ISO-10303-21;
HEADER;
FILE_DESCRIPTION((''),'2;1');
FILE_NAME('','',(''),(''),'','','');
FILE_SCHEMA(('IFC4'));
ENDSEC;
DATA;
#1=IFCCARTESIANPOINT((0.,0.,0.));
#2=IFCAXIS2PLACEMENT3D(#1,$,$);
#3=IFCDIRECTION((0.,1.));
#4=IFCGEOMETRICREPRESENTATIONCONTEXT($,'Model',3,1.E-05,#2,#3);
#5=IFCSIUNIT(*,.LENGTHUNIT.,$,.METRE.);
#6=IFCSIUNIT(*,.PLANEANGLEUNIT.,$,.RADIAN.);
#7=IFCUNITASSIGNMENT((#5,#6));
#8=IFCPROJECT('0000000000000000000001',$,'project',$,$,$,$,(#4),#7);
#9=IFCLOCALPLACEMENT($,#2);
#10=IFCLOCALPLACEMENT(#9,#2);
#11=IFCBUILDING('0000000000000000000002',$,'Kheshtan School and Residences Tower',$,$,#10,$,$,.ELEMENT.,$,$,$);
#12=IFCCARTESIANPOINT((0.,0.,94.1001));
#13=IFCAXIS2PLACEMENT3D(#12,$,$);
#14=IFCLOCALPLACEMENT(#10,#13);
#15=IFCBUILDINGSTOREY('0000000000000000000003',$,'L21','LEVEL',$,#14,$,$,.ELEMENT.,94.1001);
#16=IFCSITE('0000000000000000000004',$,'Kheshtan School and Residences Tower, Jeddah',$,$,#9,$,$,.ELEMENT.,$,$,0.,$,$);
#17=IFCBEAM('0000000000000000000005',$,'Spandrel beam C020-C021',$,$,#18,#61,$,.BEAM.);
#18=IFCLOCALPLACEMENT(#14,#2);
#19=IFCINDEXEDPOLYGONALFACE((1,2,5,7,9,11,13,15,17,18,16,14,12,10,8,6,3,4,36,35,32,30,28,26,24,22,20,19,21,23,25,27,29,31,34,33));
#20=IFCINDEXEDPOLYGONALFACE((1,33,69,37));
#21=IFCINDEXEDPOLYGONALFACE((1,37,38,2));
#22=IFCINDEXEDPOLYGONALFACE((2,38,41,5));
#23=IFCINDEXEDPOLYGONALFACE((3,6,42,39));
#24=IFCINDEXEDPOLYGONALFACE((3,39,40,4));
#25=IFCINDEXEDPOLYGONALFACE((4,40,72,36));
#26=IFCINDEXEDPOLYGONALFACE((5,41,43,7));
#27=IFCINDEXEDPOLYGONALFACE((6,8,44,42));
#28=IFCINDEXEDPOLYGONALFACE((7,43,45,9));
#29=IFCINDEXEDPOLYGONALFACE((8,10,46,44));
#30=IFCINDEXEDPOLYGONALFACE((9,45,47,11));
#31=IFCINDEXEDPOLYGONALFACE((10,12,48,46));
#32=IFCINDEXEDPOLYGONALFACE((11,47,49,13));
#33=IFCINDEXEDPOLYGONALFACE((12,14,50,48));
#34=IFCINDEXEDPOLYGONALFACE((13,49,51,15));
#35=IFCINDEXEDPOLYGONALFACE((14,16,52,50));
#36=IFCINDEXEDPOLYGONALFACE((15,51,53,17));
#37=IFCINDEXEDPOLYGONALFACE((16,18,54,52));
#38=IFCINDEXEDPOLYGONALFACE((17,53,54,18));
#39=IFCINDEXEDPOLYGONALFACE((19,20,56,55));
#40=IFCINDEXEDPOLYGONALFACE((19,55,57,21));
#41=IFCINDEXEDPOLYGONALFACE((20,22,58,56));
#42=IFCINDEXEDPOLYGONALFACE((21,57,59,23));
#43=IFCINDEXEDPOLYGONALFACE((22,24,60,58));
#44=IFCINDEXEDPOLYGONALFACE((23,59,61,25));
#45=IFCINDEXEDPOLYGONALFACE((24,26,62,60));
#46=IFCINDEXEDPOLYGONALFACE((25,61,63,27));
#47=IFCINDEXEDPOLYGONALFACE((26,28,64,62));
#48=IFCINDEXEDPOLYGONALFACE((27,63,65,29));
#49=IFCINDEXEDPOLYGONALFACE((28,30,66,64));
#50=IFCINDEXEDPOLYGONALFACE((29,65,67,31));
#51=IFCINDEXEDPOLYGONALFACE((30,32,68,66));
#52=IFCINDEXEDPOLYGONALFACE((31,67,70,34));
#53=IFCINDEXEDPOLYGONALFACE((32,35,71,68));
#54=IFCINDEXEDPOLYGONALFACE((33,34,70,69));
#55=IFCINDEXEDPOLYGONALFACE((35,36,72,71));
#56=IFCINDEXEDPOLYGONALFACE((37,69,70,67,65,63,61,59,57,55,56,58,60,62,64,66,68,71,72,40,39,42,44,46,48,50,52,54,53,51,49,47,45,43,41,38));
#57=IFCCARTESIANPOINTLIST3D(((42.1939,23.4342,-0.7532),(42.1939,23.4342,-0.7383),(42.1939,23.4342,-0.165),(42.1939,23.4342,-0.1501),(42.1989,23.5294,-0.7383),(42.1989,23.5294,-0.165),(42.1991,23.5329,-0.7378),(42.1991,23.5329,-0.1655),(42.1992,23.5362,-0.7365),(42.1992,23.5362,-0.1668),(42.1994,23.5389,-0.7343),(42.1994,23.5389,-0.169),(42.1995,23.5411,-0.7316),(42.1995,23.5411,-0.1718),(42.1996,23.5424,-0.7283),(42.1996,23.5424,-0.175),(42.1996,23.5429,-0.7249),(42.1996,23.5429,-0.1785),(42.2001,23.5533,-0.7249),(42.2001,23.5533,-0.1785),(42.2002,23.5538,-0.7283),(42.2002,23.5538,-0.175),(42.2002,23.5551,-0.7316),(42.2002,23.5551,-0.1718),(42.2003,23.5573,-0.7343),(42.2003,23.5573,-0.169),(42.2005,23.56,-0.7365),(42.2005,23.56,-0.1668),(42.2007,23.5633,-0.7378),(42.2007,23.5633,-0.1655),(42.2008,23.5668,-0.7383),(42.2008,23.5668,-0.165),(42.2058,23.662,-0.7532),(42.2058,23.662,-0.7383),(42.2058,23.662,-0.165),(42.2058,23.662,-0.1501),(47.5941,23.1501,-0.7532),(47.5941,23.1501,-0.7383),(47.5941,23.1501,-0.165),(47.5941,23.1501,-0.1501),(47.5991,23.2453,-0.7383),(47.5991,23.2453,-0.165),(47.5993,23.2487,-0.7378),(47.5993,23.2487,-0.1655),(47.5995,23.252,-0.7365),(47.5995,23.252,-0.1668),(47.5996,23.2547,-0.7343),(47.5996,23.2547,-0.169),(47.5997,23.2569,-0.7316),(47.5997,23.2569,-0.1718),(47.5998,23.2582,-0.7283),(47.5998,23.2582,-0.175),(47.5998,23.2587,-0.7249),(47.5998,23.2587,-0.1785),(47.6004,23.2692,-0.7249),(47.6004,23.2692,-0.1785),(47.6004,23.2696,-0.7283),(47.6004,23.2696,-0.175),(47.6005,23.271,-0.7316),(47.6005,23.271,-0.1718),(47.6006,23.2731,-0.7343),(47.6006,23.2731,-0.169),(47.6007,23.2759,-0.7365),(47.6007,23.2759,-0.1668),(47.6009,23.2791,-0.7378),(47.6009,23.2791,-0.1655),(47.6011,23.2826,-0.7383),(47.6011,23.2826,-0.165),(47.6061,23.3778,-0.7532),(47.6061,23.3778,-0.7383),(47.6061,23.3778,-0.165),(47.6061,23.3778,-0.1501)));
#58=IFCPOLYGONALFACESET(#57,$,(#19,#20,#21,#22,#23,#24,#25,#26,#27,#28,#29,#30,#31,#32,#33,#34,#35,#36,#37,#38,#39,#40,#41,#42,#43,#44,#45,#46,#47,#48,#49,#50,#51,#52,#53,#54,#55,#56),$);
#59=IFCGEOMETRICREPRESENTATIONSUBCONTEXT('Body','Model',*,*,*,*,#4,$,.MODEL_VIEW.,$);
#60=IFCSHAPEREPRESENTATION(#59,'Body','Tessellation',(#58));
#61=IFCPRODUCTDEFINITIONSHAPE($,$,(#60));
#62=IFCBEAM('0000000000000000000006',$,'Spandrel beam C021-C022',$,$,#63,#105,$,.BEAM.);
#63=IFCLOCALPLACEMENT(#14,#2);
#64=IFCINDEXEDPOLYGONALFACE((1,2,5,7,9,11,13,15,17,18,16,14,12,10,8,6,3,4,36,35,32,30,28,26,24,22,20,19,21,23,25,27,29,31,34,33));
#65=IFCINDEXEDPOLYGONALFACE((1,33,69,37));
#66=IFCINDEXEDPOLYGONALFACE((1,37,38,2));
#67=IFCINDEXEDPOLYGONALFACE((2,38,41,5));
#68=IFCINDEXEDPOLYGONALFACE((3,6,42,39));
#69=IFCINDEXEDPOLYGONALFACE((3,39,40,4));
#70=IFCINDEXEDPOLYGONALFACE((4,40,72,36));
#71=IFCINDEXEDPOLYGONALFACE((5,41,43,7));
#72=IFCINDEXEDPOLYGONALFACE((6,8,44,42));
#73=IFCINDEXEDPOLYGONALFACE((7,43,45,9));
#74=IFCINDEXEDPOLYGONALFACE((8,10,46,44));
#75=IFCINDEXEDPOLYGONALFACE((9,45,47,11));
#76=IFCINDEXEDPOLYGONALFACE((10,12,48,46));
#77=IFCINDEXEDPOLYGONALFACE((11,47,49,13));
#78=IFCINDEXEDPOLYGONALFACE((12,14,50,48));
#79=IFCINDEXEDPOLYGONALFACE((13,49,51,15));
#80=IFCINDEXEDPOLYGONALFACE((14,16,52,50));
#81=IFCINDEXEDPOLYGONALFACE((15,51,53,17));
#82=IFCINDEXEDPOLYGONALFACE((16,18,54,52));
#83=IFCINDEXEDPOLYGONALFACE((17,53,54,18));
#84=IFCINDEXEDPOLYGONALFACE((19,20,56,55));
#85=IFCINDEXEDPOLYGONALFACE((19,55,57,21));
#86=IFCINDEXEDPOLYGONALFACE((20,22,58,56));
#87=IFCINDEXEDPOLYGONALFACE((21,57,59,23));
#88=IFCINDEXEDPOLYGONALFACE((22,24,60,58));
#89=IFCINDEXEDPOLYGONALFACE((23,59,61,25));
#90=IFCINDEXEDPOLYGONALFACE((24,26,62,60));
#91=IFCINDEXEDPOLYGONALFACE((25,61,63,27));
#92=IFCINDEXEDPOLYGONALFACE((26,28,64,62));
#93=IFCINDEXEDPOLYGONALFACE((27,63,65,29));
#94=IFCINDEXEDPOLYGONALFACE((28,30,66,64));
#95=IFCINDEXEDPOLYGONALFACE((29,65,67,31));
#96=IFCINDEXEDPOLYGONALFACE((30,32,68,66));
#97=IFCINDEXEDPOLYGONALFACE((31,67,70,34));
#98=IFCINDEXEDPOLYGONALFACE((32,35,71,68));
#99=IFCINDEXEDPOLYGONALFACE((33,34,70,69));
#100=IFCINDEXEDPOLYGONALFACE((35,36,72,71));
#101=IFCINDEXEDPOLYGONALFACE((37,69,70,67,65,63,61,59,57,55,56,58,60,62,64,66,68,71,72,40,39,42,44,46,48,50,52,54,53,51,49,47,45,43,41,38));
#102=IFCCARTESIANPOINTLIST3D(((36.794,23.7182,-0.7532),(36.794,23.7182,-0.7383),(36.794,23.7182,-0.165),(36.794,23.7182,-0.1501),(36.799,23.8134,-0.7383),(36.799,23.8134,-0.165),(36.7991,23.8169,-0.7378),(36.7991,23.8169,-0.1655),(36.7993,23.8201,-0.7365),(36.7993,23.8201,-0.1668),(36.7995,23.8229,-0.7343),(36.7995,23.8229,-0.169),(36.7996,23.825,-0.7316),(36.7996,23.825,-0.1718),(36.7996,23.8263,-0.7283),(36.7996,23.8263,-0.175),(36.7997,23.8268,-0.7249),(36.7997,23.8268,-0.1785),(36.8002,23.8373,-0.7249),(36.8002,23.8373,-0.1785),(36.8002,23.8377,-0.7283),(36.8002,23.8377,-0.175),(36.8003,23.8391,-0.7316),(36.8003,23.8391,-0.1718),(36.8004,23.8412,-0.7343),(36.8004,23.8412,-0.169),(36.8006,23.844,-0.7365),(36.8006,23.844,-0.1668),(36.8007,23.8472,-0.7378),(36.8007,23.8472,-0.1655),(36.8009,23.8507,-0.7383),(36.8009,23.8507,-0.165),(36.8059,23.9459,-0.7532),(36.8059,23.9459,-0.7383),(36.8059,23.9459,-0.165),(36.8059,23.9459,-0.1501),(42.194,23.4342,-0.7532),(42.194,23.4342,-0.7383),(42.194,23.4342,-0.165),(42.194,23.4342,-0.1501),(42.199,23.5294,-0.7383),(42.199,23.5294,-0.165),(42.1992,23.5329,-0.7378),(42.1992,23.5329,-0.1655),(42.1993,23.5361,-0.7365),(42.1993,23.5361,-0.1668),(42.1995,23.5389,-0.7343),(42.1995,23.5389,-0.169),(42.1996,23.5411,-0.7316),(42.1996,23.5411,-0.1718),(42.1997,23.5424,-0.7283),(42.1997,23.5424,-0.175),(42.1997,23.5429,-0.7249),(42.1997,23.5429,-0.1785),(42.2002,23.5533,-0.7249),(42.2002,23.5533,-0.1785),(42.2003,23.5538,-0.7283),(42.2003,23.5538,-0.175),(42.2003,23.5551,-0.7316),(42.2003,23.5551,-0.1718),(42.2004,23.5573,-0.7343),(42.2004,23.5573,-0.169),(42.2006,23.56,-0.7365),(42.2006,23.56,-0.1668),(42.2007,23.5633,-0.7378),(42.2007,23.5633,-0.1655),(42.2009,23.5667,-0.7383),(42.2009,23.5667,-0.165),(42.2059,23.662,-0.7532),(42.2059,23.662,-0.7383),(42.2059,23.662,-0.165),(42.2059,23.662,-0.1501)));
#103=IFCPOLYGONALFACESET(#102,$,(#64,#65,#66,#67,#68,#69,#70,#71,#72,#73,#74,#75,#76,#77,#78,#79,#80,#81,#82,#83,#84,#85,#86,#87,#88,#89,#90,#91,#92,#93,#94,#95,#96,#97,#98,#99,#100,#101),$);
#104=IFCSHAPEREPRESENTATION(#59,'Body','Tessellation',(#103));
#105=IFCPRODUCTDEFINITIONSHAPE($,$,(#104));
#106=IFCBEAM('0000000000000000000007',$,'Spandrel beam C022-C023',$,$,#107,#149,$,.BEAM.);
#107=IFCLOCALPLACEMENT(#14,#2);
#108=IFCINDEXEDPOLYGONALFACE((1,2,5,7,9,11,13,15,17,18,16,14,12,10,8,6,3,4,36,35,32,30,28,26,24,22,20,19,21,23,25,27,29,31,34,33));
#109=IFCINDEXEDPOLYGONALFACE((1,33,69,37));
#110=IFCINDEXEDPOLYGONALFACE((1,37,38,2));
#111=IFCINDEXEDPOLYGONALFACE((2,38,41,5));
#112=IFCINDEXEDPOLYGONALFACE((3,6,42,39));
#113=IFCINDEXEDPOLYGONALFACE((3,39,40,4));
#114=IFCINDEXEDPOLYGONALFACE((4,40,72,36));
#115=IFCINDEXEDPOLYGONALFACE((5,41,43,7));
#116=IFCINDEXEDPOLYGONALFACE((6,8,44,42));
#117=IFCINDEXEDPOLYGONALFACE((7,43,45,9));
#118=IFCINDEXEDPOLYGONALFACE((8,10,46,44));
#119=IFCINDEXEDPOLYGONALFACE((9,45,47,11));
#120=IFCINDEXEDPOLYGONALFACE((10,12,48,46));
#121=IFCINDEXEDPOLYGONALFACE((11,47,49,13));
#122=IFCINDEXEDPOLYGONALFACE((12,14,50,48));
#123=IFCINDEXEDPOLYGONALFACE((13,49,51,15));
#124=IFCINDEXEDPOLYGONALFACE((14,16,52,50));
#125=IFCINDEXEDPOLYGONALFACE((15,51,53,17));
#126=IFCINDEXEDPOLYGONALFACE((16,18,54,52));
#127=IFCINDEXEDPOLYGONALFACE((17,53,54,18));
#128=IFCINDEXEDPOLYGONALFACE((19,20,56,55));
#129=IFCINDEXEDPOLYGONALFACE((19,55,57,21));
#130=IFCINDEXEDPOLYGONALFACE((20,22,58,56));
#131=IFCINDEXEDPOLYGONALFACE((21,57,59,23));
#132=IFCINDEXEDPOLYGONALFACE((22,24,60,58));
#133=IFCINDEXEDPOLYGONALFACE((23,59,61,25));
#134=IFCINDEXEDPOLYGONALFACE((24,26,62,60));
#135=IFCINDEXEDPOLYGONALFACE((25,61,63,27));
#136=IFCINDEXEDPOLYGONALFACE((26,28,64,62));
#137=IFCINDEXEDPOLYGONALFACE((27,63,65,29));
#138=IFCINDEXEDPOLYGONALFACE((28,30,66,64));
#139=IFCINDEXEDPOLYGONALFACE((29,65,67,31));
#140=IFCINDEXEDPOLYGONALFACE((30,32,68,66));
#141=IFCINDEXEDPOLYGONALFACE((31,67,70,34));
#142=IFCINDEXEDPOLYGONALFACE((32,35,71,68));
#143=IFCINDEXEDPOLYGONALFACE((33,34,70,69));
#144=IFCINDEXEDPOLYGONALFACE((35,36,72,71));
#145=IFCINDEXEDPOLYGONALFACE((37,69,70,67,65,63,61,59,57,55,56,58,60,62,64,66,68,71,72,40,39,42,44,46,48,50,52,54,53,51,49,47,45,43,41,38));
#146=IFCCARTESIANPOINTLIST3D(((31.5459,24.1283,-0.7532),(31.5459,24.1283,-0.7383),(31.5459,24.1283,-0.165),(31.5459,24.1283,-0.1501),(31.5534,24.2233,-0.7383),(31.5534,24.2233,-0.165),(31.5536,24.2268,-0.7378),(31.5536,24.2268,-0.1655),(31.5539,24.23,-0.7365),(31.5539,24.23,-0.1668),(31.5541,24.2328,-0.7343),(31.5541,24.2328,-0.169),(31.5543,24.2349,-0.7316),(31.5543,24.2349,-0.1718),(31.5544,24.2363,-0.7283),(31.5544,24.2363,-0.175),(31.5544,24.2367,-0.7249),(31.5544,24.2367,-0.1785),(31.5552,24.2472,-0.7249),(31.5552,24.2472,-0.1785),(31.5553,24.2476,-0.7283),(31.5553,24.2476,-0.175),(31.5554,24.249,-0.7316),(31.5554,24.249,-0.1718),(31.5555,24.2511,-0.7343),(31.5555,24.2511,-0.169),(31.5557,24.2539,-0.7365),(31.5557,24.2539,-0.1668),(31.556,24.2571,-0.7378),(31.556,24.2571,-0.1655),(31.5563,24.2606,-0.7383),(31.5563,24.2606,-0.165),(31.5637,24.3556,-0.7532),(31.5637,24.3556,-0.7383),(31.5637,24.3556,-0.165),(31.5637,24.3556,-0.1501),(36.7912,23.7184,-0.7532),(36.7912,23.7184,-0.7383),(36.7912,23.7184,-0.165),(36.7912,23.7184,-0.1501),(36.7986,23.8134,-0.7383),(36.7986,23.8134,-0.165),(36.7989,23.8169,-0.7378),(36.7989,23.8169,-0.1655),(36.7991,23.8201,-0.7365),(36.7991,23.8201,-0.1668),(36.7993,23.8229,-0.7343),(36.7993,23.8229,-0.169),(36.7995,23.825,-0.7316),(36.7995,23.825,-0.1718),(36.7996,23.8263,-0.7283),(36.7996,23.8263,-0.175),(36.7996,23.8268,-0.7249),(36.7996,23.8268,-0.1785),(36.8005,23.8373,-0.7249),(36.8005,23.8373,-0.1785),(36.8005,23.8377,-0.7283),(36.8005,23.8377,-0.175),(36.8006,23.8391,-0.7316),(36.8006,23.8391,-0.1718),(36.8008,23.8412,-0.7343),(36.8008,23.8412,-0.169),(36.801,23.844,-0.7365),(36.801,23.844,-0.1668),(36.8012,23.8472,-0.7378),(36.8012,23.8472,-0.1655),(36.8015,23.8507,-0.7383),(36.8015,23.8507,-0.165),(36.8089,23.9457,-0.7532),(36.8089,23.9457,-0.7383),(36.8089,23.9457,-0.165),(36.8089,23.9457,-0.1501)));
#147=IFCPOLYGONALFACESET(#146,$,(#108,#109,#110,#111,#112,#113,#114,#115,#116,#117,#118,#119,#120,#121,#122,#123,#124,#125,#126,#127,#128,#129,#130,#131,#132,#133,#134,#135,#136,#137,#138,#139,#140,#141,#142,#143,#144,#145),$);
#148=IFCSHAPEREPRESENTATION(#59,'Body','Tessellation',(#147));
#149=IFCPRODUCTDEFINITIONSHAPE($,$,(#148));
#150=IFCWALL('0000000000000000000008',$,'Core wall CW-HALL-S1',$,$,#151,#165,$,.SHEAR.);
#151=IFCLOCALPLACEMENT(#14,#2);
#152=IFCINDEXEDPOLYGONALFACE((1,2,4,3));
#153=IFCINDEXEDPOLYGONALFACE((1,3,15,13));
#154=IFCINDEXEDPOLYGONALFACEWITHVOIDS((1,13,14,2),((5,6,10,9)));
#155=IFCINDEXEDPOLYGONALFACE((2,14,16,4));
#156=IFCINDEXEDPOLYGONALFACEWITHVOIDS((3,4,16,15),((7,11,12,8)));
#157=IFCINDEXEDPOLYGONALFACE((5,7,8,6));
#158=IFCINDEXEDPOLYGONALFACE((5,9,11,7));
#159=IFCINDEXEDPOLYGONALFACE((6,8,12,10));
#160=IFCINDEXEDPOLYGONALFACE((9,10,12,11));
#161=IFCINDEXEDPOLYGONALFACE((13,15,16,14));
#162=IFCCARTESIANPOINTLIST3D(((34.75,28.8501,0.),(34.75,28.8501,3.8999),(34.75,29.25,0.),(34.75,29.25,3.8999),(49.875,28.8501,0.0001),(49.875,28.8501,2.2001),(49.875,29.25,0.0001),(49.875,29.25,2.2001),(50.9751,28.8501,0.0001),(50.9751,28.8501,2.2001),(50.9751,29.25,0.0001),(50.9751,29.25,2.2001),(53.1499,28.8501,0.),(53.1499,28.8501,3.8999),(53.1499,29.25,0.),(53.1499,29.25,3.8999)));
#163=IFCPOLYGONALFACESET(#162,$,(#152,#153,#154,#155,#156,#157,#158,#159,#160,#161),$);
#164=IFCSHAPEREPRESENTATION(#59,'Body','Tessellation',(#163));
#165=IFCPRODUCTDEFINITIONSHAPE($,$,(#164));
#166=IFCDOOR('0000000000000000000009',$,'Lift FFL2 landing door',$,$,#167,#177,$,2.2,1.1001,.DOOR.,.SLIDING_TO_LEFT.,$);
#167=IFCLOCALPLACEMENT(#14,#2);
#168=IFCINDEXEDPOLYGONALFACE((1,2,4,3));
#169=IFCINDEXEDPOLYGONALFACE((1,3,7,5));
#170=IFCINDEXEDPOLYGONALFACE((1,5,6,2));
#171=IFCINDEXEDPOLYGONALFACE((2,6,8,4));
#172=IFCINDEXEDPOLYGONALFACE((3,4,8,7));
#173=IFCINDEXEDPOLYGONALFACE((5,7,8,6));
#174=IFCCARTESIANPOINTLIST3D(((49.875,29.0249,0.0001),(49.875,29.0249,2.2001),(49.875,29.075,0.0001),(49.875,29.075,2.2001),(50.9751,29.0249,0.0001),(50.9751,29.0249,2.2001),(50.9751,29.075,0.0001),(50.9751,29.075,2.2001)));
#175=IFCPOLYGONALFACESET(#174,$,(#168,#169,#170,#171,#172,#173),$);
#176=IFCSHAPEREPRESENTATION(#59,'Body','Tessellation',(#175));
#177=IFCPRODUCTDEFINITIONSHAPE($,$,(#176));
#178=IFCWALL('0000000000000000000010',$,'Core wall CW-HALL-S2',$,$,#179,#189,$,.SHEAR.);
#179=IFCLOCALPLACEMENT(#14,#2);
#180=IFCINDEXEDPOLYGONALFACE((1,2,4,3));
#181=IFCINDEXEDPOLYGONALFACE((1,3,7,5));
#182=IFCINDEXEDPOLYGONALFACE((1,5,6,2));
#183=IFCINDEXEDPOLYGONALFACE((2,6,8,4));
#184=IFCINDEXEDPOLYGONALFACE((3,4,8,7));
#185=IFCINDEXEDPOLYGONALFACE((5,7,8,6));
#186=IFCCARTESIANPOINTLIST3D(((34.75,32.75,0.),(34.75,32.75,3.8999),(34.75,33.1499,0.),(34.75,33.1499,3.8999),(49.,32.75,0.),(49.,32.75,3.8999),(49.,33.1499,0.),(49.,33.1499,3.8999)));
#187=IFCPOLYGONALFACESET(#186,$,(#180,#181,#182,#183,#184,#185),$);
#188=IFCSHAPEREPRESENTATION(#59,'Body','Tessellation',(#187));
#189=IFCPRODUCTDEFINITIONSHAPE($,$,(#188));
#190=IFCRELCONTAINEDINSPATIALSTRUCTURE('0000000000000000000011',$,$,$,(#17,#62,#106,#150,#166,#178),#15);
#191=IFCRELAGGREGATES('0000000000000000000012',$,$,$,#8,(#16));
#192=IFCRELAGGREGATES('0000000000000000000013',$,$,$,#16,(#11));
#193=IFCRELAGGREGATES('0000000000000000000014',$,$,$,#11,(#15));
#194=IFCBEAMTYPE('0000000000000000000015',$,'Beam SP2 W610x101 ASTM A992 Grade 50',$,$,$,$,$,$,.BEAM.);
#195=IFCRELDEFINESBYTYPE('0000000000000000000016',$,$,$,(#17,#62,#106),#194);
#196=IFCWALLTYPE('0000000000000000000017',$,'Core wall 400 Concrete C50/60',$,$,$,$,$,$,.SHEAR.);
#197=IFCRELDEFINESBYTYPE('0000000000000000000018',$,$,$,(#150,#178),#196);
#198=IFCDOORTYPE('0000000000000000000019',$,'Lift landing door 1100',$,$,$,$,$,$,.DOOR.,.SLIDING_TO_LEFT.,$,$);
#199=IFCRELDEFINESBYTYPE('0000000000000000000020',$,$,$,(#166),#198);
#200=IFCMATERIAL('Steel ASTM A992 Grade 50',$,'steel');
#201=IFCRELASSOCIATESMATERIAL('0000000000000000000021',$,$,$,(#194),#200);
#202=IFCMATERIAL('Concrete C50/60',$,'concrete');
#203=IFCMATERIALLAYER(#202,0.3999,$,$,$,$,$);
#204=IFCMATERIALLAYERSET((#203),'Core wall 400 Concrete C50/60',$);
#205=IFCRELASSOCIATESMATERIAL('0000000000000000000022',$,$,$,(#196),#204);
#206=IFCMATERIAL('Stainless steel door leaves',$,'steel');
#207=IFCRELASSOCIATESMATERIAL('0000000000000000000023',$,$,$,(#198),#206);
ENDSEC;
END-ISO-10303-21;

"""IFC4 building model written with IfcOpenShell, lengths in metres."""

from ifc_helpers import new_model, si_unit, direction, frame, frame_2d, origin, origin_2d, place, context, subcontext, project, spatial, rectangle, i_section, extrude, source, transform, mapped, material, layer, layer_set, material_profile, profile_set, type_object, element, fill, save


model = new_model("IFC4")

# Units and contexts
model_context = context("Model", 3, precision=1e-05, world=origin(), true_north=direction((0.0, 1.0)))
body_context = subcontext(model_context, "Body", "Model", "MODEL_VIEW")
ifc_project = project(units=[si_unit("LENGTHUNIT", "METRE"), si_unit("PLANEANGLEUNIT", "RADIAN")], contexts=[model_context])

# Site, building, storey
site_placement = place(None, origin())
site = spatial("IfcSite", under=ifc_project, at=site_placement, Name="Kheshtan School and Residences Tower, Jeddah", CompositionType="ELEMENT", RefElevation=0.0)
building_placement = place(site_placement, origin())
building = spatial("IfcBuilding", under=site, at=building_placement, Name="Kheshtan School and Residences Tower", CompositionType="ELEMENT")
storey_placement = place(building_placement, frame((0.0, 0.0, 94.1001)))
storey = spatial("IfcBuildingStorey", under=building, at=storey_placement, Name="L21", Description="LEVEL", CompositionType="ELEMENT", Elevation=94.1001)

# Shared definitions
ifc_material_1 = material(Name="Steel ASTM A992 Grade 50", Category="steel")

# Beams
ifc_material_profile_1 = material_profile(ifc_material_1, i_section(OverallWidth=0.228, OverallDepth=0.603, WebThickness=0.0105, FlangeThickness=0.0149, FilletRadius=0.0134, at=origin_2d()), Name="W610x101")
ifc_profile_set_1 = profile_set([ifc_material_profile_1], Name="Steel ASTM A992 Grade 50")
beam_type_1 = type_object("IfcBeamType", Name="Beam SP2 W610x101 ASTM A992 Grade 50", PredefinedType="BEAM", material=ifc_profile_set_1)
beam_1_placement = place(storey_placement, frame((47.6001, 23.2639, -0.4517), z_axis=(-0.998618, 0.052552, 0.0), x_axis=(-0.052552, -0.998618, 0.0)))
element("IfcBeam", 1, at=beam_1_placement, inside=storey, type_object=beam_type_1, Name="Spandrel beam C020-C021", PredefinedType="BEAM", context=body_context, shape_type="SweptSolid", body=[
    extrude(i_section(OverallWidth=0.228, OverallDepth=0.603, WebThickness=0.0105, FlangeThickness=0.0149, FilletRadius=0.0134, at=origin_2d()), origin(), (0.0, 0.0, 1.0), 5.4077),
])
beam_2_placement = place(storey_placement, frame((42.2, 23.5481, -0.4517), z_axis=(-0.99862, 0.052509, 0.0), x_axis=(-0.052509, -0.99862, 0.0)))
element("IfcBeam", 2, at=beam_2_placement, inside=storey, type_object=beam_type_1, Name="Spandrel beam C021-C022", PredefinedType="BEAM", context=body_context, shape_type="SweptSolid", body=[
    extrude(i_section(OverallWidth=0.228, OverallDepth=0.603, WebThickness=0.0105, FlangeThickness=0.0149, FilletRadius=0.0134, at=origin_2d()), origin(), (0.0, 0.0, 1.0), 5.4075),
])
beam_3_placement = place(storey_placement, frame((36.8, 23.832, -0.4517), z_axis=(-0.99696, 0.077914, 0.0), x_axis=(-0.077914, -0.99696, 0.0)))
element("IfcBeam", 3, at=beam_3_placement, inside=storey, type_object=beam_type_1, Name="Spandrel beam C022-C023", PredefinedType="BEAM", context=body_context, shape_type="SweptSolid", body=[
    extrude(i_section(OverallWidth=0.228, OverallDepth=0.603, WebThickness=0.0105, FlangeThickness=0.0149, FilletRadius=0.0134, at=origin_2d()), origin(), (0.0, 0.0, 1.0), 5.2612),
])

# Wall, opening, door
ifc_material_2 = material(Name="Concrete C50/60", Category="concrete")
ifc_layer_1 = layer(ifc_material_2, 0.3999)
ifc_layer_set_1 = layer_set([ifc_layer_1], Name="Core wall 400 Concrete C50/60")
wall_type_1 = type_object("IfcWallType", Name="Core wall 400 Concrete C50/60", PredefinedType="SHEAR", material=ifc_layer_set_1)
wall_1_placement = place(storey_placement, frame((34.75, 29.05, 0.0), z_axis=(0.0, 0.0, 1.0), x_axis=(1.0, 0.0, 0.0)))
wall_1 = element("IfcWall", 4, at=wall_1_placement, inside=storey, type_object=wall_type_1, Name="Core wall CW-HALL-S1", PredefinedType="SHEAR", context=body_context, shape_type="SweptSolid", body=[
    extrude(rectangle(XDim=18.3999, YDim=0.3999, at=frame_2d((9.2, 0.0))), origin(), (0.0, 0.0, 1.0), 3.8999),
])
opening_1_placement = place(wall_1_placement, frame((15.125, 0.0, 0.0)))
opening_1 = element("IfcOpeningElement", 5, at=opening_1_placement, cuts=wall_1, PredefinedType="OPENING", context=body_context, shape_type="SweptSolid", body=[
    extrude(rectangle(XDim=1.1001, YDim=2.2, at=frame_2d((0.55, 1.1001))), frame((0.0, 0.21, 0.0), z_axis=(0.0, -1.0, 0.0), x_axis=(1.0, 0.0, 0.0)), (0.0, 0.0, 1.0), 0.4199),
])
ifc_material_3 = material(Name="Stainless steel door leaves", Category="steel")
door_type_1 = type_object("IfcDoorType", Name="Lift landing door 1100", OperationType="SLIDING_TO_LEFT", PredefinedType="DOOR", material=ifc_material_3)
shared_shape_1 = source(origin(), body_context, "Body", "SweptSolid", [
    extrude(rectangle(XDim=1.1001, YDim=2.2, at=frame_2d((0.55, 1.1001))), frame((0.0, 0.0249, 0.0), z_axis=(0.0, -1.0, 0.0), x_axis=(1.0, 0.0, 0.0)), (0.0, 0.0, 1.0), 0.05),
])
door_1_placement = place(opening_1_placement, origin())
door_1 = element("IfcDoor", 6, at=door_1_placement, inside=storey, type_object=door_type_1, Name="Lift FFL2 landing door", OperationType="SLIDING_TO_LEFT", OverallHeight=2.2, OverallWidth=1.1001, PredefinedType="DOOR", context=body_context, shape_type="MappedRepresentation", body=[
    mapped(shared_shape_1, transform((0.0, 0.0, 0.0), x_axis=(1.0, 0.0, 0.0), y_axis=(0.0, 1.0, 0.0), z_axis=(0.0, 0.0, 1.0), scale=1.0)),
])
fill(opening_1, door_1)

# Wall
wall_2_placement = place(storey_placement, frame((34.75, 32.95, 0.0), z_axis=(0.0, 0.0, 1.0), x_axis=(1.0, 0.0, 0.0)))
element("IfcWall", 7, at=wall_2_placement, inside=storey, type_object=wall_type_1, Name="Core wall CW-HALL-S2", PredefinedType="SHEAR", context=body_context, shape_type="SweptSolid", body=[
    extrude(rectangle(XDim=14.25, YDim=0.3999, at=frame_2d((7.125, 0.0))), origin(), (0.0, 0.0, 1.0), 3.8999),
])

save(model, "model.ifc")
